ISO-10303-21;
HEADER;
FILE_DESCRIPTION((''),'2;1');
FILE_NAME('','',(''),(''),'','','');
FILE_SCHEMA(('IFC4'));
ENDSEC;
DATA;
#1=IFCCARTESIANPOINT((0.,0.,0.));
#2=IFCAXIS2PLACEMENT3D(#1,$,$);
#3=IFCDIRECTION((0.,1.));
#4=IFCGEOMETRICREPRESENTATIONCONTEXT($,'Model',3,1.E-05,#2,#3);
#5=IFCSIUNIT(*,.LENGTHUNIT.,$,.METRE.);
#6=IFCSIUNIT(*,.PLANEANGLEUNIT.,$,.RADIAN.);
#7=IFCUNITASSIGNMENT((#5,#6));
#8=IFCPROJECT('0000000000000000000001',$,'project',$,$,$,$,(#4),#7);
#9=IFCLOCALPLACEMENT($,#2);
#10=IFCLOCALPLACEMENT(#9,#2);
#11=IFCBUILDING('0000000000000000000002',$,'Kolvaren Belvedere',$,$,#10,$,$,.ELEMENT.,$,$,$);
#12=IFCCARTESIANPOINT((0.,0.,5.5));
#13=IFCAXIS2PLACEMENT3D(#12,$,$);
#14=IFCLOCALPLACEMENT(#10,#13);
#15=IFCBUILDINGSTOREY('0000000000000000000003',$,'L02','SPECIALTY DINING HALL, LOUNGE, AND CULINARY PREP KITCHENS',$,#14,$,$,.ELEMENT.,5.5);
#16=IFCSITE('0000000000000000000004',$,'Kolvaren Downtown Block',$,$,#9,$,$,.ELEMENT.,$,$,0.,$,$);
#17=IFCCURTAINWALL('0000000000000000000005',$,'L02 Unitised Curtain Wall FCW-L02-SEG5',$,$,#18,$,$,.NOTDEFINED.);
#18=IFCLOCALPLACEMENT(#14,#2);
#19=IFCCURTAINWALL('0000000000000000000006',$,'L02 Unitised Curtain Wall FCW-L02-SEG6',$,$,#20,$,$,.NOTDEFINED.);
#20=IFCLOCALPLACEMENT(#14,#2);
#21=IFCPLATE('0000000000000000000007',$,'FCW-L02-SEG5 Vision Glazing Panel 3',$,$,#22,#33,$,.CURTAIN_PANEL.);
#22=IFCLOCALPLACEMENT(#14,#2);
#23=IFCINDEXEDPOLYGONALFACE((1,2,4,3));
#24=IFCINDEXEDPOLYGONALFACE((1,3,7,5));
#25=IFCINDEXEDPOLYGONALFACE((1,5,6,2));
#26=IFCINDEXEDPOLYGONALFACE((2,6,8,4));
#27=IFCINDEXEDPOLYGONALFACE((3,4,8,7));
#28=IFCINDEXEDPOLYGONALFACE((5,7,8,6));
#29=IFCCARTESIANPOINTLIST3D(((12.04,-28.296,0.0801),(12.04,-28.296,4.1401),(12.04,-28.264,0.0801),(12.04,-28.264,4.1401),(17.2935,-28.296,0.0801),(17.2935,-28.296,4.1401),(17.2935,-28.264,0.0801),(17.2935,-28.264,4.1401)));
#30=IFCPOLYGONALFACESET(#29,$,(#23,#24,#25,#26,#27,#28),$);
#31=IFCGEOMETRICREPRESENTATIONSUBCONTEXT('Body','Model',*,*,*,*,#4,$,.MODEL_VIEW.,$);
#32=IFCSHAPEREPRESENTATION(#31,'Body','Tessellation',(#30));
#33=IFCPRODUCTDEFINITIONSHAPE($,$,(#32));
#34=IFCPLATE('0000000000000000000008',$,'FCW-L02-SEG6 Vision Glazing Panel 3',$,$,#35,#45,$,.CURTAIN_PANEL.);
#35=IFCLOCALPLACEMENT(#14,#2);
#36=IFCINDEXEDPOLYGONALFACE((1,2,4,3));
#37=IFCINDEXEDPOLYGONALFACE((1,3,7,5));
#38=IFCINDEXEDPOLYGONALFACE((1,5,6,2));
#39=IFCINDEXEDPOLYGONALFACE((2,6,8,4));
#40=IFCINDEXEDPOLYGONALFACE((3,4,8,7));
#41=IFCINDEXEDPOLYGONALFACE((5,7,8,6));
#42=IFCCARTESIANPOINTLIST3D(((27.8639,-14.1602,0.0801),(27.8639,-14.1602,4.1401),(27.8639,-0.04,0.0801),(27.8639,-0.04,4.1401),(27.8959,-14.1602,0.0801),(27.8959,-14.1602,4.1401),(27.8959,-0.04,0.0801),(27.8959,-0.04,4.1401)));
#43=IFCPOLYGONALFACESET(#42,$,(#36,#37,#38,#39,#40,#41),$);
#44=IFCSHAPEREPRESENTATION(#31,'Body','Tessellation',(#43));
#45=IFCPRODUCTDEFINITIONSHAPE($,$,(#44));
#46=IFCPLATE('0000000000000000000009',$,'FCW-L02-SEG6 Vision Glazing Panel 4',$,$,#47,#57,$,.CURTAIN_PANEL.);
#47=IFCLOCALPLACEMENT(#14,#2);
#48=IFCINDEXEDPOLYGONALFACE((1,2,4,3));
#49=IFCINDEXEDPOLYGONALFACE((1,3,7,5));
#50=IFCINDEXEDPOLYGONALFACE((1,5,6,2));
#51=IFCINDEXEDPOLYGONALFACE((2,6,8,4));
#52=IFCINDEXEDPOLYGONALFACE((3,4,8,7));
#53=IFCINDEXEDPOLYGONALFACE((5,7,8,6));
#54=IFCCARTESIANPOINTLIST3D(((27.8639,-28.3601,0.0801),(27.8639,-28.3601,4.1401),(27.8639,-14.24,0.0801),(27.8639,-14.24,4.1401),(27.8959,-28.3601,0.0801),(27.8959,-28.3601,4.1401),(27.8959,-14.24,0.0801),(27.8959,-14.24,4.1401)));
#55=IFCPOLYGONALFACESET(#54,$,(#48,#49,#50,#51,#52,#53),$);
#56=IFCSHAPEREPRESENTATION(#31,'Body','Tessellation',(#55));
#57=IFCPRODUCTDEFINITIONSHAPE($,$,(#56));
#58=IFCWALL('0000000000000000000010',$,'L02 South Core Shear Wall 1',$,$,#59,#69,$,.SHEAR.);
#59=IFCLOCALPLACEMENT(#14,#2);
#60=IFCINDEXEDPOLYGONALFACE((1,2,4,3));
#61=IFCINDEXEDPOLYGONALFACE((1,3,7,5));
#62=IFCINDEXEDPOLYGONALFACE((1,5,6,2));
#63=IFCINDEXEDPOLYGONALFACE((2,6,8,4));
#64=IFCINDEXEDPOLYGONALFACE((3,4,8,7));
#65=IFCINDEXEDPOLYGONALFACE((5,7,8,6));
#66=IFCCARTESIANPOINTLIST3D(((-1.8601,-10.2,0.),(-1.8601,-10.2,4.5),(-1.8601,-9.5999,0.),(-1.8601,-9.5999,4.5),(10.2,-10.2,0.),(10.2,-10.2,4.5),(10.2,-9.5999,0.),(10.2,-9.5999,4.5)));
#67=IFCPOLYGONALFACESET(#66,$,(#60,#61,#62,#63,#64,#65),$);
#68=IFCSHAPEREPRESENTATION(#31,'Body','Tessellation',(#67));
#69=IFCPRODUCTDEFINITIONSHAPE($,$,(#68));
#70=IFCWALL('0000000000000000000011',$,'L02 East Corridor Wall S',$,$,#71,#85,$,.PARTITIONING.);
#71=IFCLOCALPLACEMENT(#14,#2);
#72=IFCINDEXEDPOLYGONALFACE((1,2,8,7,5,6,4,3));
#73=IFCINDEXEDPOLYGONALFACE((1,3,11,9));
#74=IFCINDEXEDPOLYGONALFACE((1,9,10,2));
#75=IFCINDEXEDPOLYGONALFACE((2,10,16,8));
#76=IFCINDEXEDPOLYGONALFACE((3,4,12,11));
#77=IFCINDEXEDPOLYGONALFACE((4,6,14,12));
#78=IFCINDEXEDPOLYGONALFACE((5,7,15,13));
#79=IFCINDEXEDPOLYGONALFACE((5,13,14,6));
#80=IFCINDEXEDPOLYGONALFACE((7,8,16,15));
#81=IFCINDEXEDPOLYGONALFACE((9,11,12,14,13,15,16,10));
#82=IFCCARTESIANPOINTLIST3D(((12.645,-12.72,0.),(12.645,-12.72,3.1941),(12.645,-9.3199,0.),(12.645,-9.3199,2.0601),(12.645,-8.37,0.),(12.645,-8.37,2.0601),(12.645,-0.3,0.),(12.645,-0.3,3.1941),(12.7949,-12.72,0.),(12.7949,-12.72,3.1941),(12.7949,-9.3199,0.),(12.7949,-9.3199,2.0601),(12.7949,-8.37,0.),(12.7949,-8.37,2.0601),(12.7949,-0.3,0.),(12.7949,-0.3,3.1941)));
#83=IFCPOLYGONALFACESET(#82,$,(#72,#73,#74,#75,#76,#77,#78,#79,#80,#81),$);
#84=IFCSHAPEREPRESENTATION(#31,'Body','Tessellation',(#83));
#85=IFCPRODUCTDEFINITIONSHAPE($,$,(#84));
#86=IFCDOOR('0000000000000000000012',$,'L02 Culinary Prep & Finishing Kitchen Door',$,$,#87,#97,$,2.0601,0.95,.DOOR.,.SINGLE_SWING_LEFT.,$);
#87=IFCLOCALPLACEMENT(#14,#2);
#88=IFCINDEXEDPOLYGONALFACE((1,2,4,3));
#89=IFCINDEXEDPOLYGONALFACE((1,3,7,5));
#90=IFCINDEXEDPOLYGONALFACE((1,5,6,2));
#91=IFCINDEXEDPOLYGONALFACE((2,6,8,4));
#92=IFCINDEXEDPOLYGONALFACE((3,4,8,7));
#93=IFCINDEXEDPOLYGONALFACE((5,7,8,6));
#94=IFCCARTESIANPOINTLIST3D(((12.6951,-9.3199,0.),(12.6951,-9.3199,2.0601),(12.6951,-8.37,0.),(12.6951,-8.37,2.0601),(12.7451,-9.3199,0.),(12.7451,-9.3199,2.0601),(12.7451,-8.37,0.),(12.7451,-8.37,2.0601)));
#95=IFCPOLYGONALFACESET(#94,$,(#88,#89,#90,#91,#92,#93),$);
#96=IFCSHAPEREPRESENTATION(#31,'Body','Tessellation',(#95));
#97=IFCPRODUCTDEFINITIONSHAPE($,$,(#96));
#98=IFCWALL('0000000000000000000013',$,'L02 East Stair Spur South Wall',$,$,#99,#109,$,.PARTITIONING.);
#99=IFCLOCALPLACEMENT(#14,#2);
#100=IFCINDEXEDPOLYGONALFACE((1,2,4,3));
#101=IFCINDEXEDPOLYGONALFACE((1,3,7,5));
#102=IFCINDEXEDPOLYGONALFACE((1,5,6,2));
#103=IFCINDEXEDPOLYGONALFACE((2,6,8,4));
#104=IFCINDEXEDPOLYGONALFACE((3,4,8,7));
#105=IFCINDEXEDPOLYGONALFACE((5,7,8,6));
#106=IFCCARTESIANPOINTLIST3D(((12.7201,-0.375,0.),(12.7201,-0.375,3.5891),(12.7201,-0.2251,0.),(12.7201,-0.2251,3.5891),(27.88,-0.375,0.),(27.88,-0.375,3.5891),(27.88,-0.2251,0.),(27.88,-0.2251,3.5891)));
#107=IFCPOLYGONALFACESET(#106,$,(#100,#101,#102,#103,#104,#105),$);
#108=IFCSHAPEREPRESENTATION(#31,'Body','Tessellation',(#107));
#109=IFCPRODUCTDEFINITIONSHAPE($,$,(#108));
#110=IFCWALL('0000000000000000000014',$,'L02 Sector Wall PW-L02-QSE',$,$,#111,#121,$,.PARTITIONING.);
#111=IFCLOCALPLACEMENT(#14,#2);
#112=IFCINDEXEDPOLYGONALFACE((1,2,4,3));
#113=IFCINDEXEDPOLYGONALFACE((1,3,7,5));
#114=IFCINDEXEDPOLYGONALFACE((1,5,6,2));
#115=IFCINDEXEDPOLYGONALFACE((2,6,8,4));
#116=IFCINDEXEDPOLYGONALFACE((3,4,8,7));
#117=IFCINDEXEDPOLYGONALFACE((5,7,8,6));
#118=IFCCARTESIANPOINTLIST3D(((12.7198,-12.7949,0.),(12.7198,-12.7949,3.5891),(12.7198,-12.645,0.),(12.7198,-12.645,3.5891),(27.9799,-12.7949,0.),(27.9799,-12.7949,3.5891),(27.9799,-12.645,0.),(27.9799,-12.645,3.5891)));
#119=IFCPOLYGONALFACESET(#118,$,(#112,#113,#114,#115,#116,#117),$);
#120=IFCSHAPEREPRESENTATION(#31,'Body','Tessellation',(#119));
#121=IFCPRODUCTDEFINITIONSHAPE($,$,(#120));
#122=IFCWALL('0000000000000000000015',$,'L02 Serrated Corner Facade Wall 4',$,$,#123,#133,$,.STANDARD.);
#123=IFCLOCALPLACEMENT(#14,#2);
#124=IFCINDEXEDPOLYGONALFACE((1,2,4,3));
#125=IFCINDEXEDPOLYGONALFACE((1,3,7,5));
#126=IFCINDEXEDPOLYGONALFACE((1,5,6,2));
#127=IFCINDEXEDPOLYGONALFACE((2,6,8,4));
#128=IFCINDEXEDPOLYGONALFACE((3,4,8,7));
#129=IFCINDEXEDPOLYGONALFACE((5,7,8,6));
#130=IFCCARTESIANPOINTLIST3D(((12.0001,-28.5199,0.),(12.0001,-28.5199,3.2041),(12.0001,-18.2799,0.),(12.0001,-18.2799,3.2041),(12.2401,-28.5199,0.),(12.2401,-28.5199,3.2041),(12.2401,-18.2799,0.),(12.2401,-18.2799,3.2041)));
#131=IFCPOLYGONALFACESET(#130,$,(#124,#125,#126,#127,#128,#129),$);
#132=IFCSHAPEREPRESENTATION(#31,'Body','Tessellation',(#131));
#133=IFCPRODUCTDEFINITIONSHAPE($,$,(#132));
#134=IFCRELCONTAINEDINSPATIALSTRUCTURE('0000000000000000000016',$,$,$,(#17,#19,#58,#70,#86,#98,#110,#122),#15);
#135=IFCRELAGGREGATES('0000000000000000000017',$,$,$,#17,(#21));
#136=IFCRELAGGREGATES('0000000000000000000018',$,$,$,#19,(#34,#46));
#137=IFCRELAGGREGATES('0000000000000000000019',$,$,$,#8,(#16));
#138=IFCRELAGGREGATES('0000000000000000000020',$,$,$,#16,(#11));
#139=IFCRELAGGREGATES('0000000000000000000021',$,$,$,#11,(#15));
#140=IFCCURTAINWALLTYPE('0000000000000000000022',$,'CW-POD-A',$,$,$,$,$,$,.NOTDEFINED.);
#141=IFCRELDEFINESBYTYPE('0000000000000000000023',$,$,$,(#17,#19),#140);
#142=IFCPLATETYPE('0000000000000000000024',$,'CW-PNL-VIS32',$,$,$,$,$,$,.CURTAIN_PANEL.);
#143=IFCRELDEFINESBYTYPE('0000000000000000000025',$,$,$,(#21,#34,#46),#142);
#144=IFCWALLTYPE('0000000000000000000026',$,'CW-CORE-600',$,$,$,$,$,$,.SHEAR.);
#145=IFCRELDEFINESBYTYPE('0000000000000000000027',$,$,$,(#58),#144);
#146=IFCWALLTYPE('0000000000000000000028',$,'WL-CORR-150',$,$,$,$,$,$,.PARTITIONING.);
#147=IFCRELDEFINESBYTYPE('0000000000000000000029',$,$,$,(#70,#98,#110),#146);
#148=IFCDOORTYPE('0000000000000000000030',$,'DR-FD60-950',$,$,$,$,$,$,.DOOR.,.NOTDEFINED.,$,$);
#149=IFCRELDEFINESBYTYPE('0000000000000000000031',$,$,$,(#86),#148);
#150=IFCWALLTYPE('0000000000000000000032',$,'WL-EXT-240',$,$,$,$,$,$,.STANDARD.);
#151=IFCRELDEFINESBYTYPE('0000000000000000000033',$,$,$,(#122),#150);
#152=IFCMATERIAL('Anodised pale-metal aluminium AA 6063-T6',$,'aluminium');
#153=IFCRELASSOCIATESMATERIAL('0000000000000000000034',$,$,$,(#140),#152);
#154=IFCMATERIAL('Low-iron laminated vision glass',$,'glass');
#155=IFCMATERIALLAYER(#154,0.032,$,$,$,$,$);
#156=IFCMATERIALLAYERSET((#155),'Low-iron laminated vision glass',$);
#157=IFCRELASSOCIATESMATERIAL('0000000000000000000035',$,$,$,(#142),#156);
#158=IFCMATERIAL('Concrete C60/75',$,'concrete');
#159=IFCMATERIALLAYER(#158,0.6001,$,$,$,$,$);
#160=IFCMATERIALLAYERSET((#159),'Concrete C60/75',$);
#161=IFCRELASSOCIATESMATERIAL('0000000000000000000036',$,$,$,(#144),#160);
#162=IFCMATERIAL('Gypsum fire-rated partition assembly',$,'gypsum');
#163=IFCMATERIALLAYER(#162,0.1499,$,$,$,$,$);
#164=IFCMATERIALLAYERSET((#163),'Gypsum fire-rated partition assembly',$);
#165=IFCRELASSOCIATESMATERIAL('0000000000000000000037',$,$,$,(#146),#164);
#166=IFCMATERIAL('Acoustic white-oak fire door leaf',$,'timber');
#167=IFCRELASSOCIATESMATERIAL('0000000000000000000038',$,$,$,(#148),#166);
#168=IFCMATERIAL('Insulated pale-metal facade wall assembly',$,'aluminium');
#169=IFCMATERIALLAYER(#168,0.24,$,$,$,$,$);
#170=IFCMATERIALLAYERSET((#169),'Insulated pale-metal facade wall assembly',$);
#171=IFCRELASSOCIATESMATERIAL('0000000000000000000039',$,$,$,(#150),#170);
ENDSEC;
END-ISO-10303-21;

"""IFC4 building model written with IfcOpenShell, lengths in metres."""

from ifc_helpers import new_model, si_unit, direction, frame, frame_2d, origin, origin_2d, place, context, subcontext, project, spatial, rectangle, extrude, material, layer, layer_set, type_object, element, fill, aggregate, save


model = new_model("IFC4")

# Units and contexts
model_context = context("Model", 3, precision=1e-05, world=origin(), true_north=direction((0.0, 1.0)))
body_context = subcontext(model_context, "Body", "Model", "MODEL_VIEW")
ifc_project = project(units=[si_unit("LENGTHUNIT", "METRE"), si_unit("PLANEANGLEUNIT", "RADIAN")], contexts=[model_context])

# Site, building, storey
site_placement = place(None, origin())
site = spatial("IfcSite", under=ifc_project, at=site_placement, Name="Kolvaren Downtown Block", CompositionType="ELEMENT", RefElevation=0.0)
building_placement = place(site_placement, origin())
building = spatial("IfcBuilding", under=site, at=building_placement, Name="Kolvaren Belvedere", CompositionType="ELEMENT")
storey_placement = place(building_placement, frame((0.0, 0.0, 5.5)))
storey = spatial("IfcBuildingStorey", under=building, at=storey_placement, Name="L02", Description="SPECIALTY DINING HALL, LOUNGE, AND CULINARY PREP KITCHENS", CompositionType="ELEMENT", Elevation=5.5)

# Shared definitions
ifc_material_1 = material(Name="Anodised pale-metal aluminium AA 6063-T6", Category="aluminium")
curtain_wall_type = type_object("IfcCurtainWallType", Name="CW-POD-A", PredefinedType="NOTDEFINED", material=ifc_material_1)

# Curtain walls
curtain_wall_1_placement = place(storey_placement, origin())
curtain_wall_1 = element("IfcCurtainWall", 1, at=curtain_wall_1_placement, inside=storey, type_object=curtain_wall_type, Name="L02 Unitised Curtain Wall FCW-L02-SEG5", PredefinedType="NOTDEFINED")
curtain_wall_2_placement = place(storey_placement, origin())
curtain_wall_2 = element("IfcCurtainWall", 2, at=curtain_wall_2_placement, inside=storey, type_object=curtain_wall_type, Name="L02 Unitised Curtain Wall FCW-L02-SEG6", PredefinedType="NOTDEFINED")

# Plates
ifc_material_2 = material(Name="Low-iron laminated vision glass", Category="glass")
ifc_layer_1 = layer(ifc_material_2, 0.032)
ifc_layer_set_1 = layer_set([ifc_layer_1], Name="Low-iron laminated vision glass")
plate_type = type_object("IfcPlateType", Name="CW-PNL-VIS32", PredefinedType="CURTAIN_PANEL", material=ifc_layer_set_1)
plate_1_placement = place(storey_placement, frame((14.6667, -28.28, 0.0801), z_axis=(0.0, 0.0, 1.0), x_axis=(-1.0, 0.0, 0.0)))
plate_1 = element("IfcPlate", 3, at=plate_1_placement, type_object=plate_type, Name="FCW-L02-SEG5 Vision Glazing Panel 3", PredefinedType="CURTAIN_PANEL", context=body_context, shape_type="SweptSolid", body=[
    extrude(rectangle(XDim=5.2534, YDim=0.032, at=origin_2d()), origin(), (0.0, 0.0, 1.0), 4.0601),
])
aggregate(curtain_wall_1, [plate_1])
plate_2_placement = place(storey_placement, frame((27.8799, -7.1001, 0.0801), z_axis=(0.0, 0.0, 1.0), x_axis=(0.0, -1.0, 0.0)))
plate_2 = element("IfcPlate", 4, at=plate_2_placement, type_object=plate_type, Name="FCW-L02-SEG6 Vision Glazing Panel 3", PredefinedType="CURTAIN_PANEL", context=body_context, shape_type="SweptSolid", body=[
    extrude(rectangle(XDim=14.1201, YDim=0.032, at=origin_2d()), origin(), (0.0, 0.0, 1.0), 4.0601),
])
plate_3_placement = place(storey_placement, frame((27.8799, -21.3, 0.0801), z_axis=(0.0, 0.0, 1.0), x_axis=(0.0, -1.0, 0.0)))
plate_3 = element("IfcPlate", 5, at=plate_3_placement, type_object=plate_type, Name="FCW-L02-SEG6 Vision Glazing Panel 4", PredefinedType="CURTAIN_PANEL", context=body_context, shape_type="SweptSolid", body=[
    extrude(rectangle(XDim=14.1201, YDim=0.032, at=origin_2d()), origin(), (0.0, 0.0, 1.0), 4.0601),
])
aggregate(curtain_wall_2, [plate_2, plate_3])

# Wall
ifc_material_3 = material(Name="Concrete C60/75", Category="concrete")
ifc_layer_2 = layer(ifc_material_3, 0.6001)
ifc_layer_set_2 = layer_set([ifc_layer_2], Name="Concrete C60/75")
wall_type_1 = type_object("IfcWallType", Name="CW-CORE-600", PredefinedType="SHEAR", material=ifc_layer_set_2)
wall_1_placement = place(storey_placement, frame((10.2, -9.8999, 0.0), z_axis=(0.0, 0.0, 1.0), x_axis=(-1.0, 0.0, 0.0)))
element("IfcWall", 6, at=wall_1_placement, inside=storey, type_object=wall_type_1, Name="L02 South Core Shear Wall 1", PredefinedType="SHEAR", context=body_context, shape_type="SweptSolid", body=[
    extrude(rectangle(XDim=12.0601, YDim=0.6001, at=frame_2d((6.03, 0.0))), origin(), (0.0, 0.0, 1.0), 4.5),
])

# Wall, opening, door
ifc_material_4 = material(Name="Gypsum fire-rated partition assembly", Category="gypsum")
ifc_layer_3 = layer(ifc_material_4, 0.1499)
ifc_layer_set_3 = layer_set([ifc_layer_3], Name="Gypsum fire-rated partition assembly")
wall_type_2 = type_object("IfcWallType", Name="WL-CORR-150", PredefinedType="PARTITIONING", material=ifc_layer_set_3)
wall_2_placement = place(storey_placement, frame((12.72, -12.72, 0.0), z_axis=(0.0, 0.0, 1.0), x_axis=(0.0, 1.0, 0.0)))
wall_2 = element("IfcWall", 7, at=wall_2_placement, inside=storey, type_object=wall_type_2, Name="L02 East Corridor Wall S", PredefinedType="PARTITIONING", context=body_context, shape_type="SweptSolid", body=[
    extrude(rectangle(XDim=12.4199, YDim=0.1499, at=frame_2d((6.21, 0.0))), origin(), (0.0, 0.0, 1.0), 3.1941),
])
opening_placement = place(wall_2_placement, frame((3.3999, 0.0, 0.0)))
opening = element("IfcOpeningElement", 8, at=opening_placement, cuts=wall_2, PredefinedType="OPENING", context=body_context, shape_type="SweptSolid", body=[
    extrude(rectangle(XDim=0.95, YDim=2.0601, at=frame_2d((0.4751, 1.03))), frame((0.0, 0.085, 0.0), z_axis=(0.0, -1.0, 0.0), x_axis=(1.0, 0.0, 0.0)), (0.0, 0.0, 1.0), 0.1699),
])
ifc_material_5 = material(Name="Acoustic white-oak fire door leaf", Category="timber")
door_type = type_object("IfcDoorType", Name="DR-FD60-950", OperationType="NOTDEFINED", PredefinedType="DOOR", material=ifc_material_5)
door_placement = place(opening_placement, origin())
door = element("IfcDoor", 9, at=door_placement, inside=storey, type_object=door_type, Name="L02 Culinary Prep & Finishing Kitchen Door", OperationType="SINGLE_SWING_LEFT", OverallHeight=2.0601, OverallWidth=0.95, PredefinedType="DOOR", context=body_context, shape_type="SweptSolid", body=[
    extrude(rectangle(XDim=0.95, YDim=2.0601, at=frame_2d((0.4751, 1.03))), frame((0.0, 0.0249, 0.0), z_axis=(0.0, -1.0, 0.0), x_axis=(1.0, 0.0, 0.0)), (0.0, 0.0, 1.0), 0.05),
])
fill(opening, door)

# Walls
wall_3_placement = place(storey_placement, frame((12.72, -0.3, 0.0), z_axis=(0.0, 0.0, 1.0), x_axis=(1.0, 0.0, 0.0)))
element("IfcWall", 10, at=wall_3_placement, inside=storey, type_object=wall_type_2, Name="L02 East Stair Spur South Wall", PredefinedType="PARTITIONING", context=body_context, shape_type="SweptSolid", body=[
    extrude(rectangle(XDim=15.1599, YDim=0.1499, at=frame_2d((7.5801, 0.0))), origin(), (0.0, 0.0, 1.0), 3.5891),
])
wall_4_placement = place(storey_placement, frame((12.72, -12.72, 0.0), z_axis=(0.0, 0.0, 1.0), x_axis=(1.0, 0.0, 0.0)))
element("IfcWall", 11, at=wall_4_placement, inside=storey, type_object=wall_type_2, Name="L02 Sector Wall PW-L02-QSE", PredefinedType="PARTITIONING", context=body_context, shape_type="SweptSolid", body=[
    extrude(rectangle(XDim=15.26, YDim=0.1499, at=frame_2d((7.6299, 0.0))), origin(), (0.0, 0.0, 1.0), 3.5891),
])
ifc_material_6 = material(Name="Insulated pale-metal facade wall assembly", Category="aluminium")
ifc_layer_4 = layer(ifc_material_6, 0.24)
ifc_layer_set_4 = layer_set([ifc_layer_4], Name="Insulated pale-metal facade wall assembly")
wall_type_3 = type_object("IfcWallType", Name="WL-EXT-240", PredefinedType="STANDARD", material=ifc_layer_set_4)
wall_5_placement = place(storey_placement, frame((12.1201, -28.52, 0.0), z_axis=(0.0, 0.0, 1.0), x_axis=(0.0, 1.0, 0.0)))
element("IfcWall", 12, at=wall_5_placement, inside=storey, type_object=wall_type_3, Name="L02 Serrated Corner Facade Wall 4", PredefinedType="STANDARD", context=body_context, shape_type="SweptSolid", body=[
    extrude(rectangle(XDim=10.24, YDim=0.24, at=frame_2d((5.1201, 0.0))), origin(), (0.0, 0.0, 1.0), 3.2041),
])

save(model, "model.ifc")
